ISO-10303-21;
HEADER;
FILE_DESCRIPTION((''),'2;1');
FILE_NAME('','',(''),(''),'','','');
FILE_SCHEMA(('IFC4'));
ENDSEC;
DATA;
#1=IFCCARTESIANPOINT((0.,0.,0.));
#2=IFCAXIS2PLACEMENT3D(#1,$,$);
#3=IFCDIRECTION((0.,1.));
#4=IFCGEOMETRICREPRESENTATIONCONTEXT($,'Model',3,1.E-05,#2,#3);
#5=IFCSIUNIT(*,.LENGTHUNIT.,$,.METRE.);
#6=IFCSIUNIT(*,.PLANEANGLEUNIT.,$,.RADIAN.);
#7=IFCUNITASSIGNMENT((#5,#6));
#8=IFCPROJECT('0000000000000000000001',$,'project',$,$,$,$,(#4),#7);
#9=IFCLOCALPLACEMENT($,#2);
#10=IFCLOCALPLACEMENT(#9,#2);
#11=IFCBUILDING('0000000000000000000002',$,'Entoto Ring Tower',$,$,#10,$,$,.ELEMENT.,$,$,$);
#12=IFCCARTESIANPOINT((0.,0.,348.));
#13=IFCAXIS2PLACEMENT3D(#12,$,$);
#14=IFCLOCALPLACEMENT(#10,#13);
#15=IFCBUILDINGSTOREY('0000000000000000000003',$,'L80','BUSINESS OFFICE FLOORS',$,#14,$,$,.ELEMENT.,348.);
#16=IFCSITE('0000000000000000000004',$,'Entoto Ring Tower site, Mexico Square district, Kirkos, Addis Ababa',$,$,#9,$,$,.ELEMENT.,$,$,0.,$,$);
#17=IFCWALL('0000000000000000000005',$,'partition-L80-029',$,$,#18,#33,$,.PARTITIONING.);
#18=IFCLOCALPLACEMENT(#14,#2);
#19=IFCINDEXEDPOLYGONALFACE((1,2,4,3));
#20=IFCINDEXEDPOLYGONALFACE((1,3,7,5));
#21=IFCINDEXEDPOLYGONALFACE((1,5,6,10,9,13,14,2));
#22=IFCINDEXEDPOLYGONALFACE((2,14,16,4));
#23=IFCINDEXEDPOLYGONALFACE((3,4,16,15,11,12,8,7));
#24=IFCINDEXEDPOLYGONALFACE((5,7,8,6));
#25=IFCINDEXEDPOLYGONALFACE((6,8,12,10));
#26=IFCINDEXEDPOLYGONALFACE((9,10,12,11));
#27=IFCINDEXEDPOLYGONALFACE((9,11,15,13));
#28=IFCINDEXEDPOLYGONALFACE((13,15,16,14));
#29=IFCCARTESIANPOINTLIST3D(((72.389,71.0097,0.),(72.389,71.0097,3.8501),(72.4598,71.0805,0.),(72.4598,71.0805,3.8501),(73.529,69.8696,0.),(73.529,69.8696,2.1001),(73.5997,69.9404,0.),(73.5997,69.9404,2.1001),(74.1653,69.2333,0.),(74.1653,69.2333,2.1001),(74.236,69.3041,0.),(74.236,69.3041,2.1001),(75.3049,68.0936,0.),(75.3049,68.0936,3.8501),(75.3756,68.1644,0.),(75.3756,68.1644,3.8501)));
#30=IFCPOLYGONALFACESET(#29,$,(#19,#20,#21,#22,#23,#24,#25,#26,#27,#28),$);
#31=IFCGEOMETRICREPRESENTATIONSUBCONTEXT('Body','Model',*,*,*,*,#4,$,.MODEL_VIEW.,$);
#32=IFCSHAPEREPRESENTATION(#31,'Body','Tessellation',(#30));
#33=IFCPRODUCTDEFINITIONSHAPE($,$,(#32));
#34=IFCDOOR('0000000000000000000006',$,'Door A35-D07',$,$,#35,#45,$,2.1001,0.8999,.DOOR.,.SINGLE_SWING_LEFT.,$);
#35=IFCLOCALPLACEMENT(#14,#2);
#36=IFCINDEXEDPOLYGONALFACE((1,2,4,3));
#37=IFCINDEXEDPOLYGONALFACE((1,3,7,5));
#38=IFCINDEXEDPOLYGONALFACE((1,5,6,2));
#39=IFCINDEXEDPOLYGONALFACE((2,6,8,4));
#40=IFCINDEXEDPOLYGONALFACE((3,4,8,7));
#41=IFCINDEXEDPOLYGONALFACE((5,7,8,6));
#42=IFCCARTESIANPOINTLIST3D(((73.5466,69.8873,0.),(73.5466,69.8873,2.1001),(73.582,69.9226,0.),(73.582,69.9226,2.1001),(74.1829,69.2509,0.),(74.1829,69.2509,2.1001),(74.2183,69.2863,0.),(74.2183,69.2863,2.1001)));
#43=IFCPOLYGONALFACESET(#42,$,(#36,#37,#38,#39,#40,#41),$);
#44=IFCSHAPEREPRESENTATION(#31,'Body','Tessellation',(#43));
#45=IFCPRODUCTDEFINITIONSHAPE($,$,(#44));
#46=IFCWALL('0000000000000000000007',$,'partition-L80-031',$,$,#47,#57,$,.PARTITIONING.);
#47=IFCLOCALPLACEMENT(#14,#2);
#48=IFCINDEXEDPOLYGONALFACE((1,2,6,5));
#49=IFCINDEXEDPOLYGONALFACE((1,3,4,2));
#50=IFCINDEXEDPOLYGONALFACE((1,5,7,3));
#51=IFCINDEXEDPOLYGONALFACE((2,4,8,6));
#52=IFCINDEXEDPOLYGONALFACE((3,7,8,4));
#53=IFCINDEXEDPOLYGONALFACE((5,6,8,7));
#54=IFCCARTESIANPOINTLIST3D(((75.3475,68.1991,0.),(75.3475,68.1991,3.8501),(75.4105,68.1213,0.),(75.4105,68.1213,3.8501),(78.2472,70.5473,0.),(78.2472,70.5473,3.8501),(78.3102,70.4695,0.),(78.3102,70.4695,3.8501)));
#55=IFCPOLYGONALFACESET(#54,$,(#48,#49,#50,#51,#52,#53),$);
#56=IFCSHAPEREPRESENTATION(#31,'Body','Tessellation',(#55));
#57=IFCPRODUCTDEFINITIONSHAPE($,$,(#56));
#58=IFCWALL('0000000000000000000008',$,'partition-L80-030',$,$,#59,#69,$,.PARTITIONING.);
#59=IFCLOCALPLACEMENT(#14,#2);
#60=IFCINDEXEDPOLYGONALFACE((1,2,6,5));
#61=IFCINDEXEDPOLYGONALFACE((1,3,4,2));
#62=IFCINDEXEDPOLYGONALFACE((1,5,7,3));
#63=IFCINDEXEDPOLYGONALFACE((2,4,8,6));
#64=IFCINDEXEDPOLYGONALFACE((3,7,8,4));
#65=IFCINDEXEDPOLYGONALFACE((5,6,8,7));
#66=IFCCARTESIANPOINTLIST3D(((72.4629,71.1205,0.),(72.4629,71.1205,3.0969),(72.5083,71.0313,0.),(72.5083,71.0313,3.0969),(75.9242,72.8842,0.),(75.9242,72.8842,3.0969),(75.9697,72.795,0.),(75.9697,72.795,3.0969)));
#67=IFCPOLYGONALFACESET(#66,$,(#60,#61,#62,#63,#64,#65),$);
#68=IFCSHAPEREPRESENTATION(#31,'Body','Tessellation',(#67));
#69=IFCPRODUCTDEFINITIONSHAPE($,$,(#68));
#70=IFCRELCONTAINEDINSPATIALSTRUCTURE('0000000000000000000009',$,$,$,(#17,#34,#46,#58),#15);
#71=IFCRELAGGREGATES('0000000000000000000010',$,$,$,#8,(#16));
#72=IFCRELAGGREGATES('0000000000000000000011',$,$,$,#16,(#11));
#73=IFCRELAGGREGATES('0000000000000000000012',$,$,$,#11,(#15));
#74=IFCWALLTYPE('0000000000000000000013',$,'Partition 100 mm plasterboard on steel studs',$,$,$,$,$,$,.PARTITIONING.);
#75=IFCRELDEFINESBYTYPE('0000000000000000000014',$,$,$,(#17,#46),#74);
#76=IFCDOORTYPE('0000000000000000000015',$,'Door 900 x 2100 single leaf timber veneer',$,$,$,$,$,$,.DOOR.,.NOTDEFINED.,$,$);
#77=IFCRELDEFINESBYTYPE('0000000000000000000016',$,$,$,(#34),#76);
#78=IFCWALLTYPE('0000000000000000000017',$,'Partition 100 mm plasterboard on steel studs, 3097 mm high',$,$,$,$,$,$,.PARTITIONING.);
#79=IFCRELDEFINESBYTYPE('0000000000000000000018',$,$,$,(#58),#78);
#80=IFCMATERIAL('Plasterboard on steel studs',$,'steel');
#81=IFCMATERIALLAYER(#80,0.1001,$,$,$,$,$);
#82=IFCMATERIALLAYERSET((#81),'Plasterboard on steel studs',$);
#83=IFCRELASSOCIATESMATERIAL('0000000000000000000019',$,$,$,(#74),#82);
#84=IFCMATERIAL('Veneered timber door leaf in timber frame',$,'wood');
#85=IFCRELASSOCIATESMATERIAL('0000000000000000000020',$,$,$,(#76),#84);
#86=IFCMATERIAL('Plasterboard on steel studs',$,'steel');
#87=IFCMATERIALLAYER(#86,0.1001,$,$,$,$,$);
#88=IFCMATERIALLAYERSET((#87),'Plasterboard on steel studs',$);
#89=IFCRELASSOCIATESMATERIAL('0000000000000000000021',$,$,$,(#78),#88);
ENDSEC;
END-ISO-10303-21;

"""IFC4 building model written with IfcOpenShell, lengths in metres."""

from ifc_helpers import new_model, si_unit, direction, frame, frame_2d, origin, place, context, subcontext, project, spatial, rectangle, extrude, material, layer, layer_set, type_object, element, fill, save


model = new_model("IFC4")

# Units and contexts
model_context = context("Model", 3, precision=1e-05, world=origin(), true_north=direction((0.0, 1.0)))
body_context = subcontext(model_context, "Body", "Model", "MODEL_VIEW")
ifc_project = project(units=[si_unit("LENGTHUNIT", "METRE"), si_unit("PLANEANGLEUNIT", "RADIAN")], contexts=[model_context])

# Site, building, storey
site_placement = place(None, origin())
site = spatial("IfcSite", under=ifc_project, at=site_placement, Name="Entoto Ring Tower site, Mexico Square district, Kirkos, Addis Ababa", CompositionType="ELEMENT", RefElevation=0.0)
building_placement = place(site_placement, origin())
building = spatial("IfcBuilding", under=site, at=building_placement, Name="Entoto Ring Tower", CompositionType="ELEMENT")
storey_placement = place(building_placement, frame((0.0, 0.0, 348.0)))
storey = spatial("IfcBuildingStorey", under=building, at=storey_placement, Name="L80", Description="BUSINESS OFFICE FLOORS", CompositionType="ELEMENT", Elevation=348.0)

# Wall, opening, door
ifc_material_1 = material(Name="Plasterboard on steel studs", Category="steel")
ifc_layer_1 = layer(ifc_material_1, 0.1001)
ifc_layer_set_1 = layer_set([ifc_layer_1], Name="Plasterboard on steel studs")
wall_type_1 = type_object("IfcWallType", Name="Partition 100 mm plasterboard on steel studs", PredefinedType="PARTITIONING", material=ifc_layer_set_1)
wall_1_placement = place(storey_placement, frame((75.3403, 68.1289, 0.0), z_axis=(0.0, 0.0, 1.0), x_axis=(-0.707077, 0.707136, 0.0)))
wall_1 = element("IfcWall", 1, at=wall_1_placement, inside=storey, type_object=wall_type_1, Name="partition-L80-029", PredefinedType="PARTITIONING", context=body_context, shape_type="SweptSolid", body=[
    extrude(rectangle(XDim=4.1238, YDim=0.1001, at=frame_2d((2.062, 0.0))), origin(), (0.0, 0.0, 1.0), 3.8501),
])
opening_1_placement = place(wall_1_placement, frame((1.6118, 0.0, 0.0)))
opening_1 = element("IfcOpeningElement", 2, at=opening_1_placement, cuts=wall_1, PredefinedType="OPENING", context=body_context, shape_type="SweptSolid", body=[
    extrude(rectangle(XDim=0.8999, YDim=2.1001, at=frame_2d((0.45, 1.05))), frame((0.0, 0.0601, 0.0), z_axis=(0.0, -1.0, 0.0), x_axis=(1.0, 0.0, 0.0)), (0.0, 0.0, 1.0), 0.1201),
])
ifc_material_2 = material(Name="Veneered timber door leaf in timber frame", Category="wood")
door_type_1 = type_object("IfcDoorType", Name="Door 900 x 2100 single leaf timber veneer", OperationType="NOTDEFINED", PredefinedType="DOOR", material=ifc_material_2)
door_1_placement = place(opening_1_placement, frame((0.8999, 0.0, 0.0), z_axis=(0.0, 0.0, 1.0), x_axis=(-1.0, 0.0, 0.0)))
door_1 = element("IfcDoor", 3, at=door_1_placement, inside=storey, type_object=door_type_1, Name="Door A35-D07", OperationType="SINGLE_SWING_LEFT", OverallHeight=2.1001, OverallWidth=0.8999, PredefinedType="DOOR", context=body_context, shape_type="SweptSolid", body=[
    extrude(rectangle(XDim=0.8999, YDim=2.1001, at=frame_2d((0.45, 1.05))), frame((0.0, 0.0249, 0.0), z_axis=(0.0, -1.0, 0.0), x_axis=(1.0, 0.0, 0.0)), (0.0, 0.0, 1.0), 0.05),
])
fill(opening_1, door_1)

# Walls
wall_2_placement = place(storey_placement, frame((75.3789, 68.1602, 0.0), z_axis=(0.0, 0.0, 1.0), x_axis=(0.77714, 0.629328, 0.0)))
element("IfcWall", 4, at=wall_2_placement, inside=storey, type_object=wall_type_1, Name="partition-L80-031", PredefinedType="PARTITIONING", context=body_context, shape_type="SweptSolid", body=[
    extrude(rectangle(XDim=3.7312, YDim=0.1001, at=frame_2d((1.8657, 0.0))), origin(), (0.0, 0.0, 1.0), 3.8501),
])
ifc_material_3 = material(Name="Plasterboard on steel studs", Category="steel")
ifc_layer_2 = layer(ifc_material_3, 0.1001)
ifc_layer_set_2 = layer_set([ifc_layer_2], Name="Plasterboard on steel studs")
wall_type_2 = type_object("IfcWallType", Name="Partition 100 mm plasterboard on steel studs, 3097 mm high", PredefinedType="PARTITIONING", material=ifc_layer_set_2)
wall_3_placement = place(storey_placement, frame((72.4856, 71.0759, 0.0), z_axis=(0.0, 0.0, 1.0), x_axis=(0.891008, 0.453988, 0.0)))
element("IfcWall", 5, at=wall_3_placement, inside=storey, type_object=wall_type_2, Name="partition-L80-030", PredefinedType="PARTITIONING", context=body_context, shape_type="SweptSolid", body=[
    extrude(rectangle(XDim=3.8848, YDim=0.1001, at=frame_2d((1.9424, 0.0))), origin(), (0.0, 0.0, 1.0), 3.0969),
])

save(model, "model.ifc")
